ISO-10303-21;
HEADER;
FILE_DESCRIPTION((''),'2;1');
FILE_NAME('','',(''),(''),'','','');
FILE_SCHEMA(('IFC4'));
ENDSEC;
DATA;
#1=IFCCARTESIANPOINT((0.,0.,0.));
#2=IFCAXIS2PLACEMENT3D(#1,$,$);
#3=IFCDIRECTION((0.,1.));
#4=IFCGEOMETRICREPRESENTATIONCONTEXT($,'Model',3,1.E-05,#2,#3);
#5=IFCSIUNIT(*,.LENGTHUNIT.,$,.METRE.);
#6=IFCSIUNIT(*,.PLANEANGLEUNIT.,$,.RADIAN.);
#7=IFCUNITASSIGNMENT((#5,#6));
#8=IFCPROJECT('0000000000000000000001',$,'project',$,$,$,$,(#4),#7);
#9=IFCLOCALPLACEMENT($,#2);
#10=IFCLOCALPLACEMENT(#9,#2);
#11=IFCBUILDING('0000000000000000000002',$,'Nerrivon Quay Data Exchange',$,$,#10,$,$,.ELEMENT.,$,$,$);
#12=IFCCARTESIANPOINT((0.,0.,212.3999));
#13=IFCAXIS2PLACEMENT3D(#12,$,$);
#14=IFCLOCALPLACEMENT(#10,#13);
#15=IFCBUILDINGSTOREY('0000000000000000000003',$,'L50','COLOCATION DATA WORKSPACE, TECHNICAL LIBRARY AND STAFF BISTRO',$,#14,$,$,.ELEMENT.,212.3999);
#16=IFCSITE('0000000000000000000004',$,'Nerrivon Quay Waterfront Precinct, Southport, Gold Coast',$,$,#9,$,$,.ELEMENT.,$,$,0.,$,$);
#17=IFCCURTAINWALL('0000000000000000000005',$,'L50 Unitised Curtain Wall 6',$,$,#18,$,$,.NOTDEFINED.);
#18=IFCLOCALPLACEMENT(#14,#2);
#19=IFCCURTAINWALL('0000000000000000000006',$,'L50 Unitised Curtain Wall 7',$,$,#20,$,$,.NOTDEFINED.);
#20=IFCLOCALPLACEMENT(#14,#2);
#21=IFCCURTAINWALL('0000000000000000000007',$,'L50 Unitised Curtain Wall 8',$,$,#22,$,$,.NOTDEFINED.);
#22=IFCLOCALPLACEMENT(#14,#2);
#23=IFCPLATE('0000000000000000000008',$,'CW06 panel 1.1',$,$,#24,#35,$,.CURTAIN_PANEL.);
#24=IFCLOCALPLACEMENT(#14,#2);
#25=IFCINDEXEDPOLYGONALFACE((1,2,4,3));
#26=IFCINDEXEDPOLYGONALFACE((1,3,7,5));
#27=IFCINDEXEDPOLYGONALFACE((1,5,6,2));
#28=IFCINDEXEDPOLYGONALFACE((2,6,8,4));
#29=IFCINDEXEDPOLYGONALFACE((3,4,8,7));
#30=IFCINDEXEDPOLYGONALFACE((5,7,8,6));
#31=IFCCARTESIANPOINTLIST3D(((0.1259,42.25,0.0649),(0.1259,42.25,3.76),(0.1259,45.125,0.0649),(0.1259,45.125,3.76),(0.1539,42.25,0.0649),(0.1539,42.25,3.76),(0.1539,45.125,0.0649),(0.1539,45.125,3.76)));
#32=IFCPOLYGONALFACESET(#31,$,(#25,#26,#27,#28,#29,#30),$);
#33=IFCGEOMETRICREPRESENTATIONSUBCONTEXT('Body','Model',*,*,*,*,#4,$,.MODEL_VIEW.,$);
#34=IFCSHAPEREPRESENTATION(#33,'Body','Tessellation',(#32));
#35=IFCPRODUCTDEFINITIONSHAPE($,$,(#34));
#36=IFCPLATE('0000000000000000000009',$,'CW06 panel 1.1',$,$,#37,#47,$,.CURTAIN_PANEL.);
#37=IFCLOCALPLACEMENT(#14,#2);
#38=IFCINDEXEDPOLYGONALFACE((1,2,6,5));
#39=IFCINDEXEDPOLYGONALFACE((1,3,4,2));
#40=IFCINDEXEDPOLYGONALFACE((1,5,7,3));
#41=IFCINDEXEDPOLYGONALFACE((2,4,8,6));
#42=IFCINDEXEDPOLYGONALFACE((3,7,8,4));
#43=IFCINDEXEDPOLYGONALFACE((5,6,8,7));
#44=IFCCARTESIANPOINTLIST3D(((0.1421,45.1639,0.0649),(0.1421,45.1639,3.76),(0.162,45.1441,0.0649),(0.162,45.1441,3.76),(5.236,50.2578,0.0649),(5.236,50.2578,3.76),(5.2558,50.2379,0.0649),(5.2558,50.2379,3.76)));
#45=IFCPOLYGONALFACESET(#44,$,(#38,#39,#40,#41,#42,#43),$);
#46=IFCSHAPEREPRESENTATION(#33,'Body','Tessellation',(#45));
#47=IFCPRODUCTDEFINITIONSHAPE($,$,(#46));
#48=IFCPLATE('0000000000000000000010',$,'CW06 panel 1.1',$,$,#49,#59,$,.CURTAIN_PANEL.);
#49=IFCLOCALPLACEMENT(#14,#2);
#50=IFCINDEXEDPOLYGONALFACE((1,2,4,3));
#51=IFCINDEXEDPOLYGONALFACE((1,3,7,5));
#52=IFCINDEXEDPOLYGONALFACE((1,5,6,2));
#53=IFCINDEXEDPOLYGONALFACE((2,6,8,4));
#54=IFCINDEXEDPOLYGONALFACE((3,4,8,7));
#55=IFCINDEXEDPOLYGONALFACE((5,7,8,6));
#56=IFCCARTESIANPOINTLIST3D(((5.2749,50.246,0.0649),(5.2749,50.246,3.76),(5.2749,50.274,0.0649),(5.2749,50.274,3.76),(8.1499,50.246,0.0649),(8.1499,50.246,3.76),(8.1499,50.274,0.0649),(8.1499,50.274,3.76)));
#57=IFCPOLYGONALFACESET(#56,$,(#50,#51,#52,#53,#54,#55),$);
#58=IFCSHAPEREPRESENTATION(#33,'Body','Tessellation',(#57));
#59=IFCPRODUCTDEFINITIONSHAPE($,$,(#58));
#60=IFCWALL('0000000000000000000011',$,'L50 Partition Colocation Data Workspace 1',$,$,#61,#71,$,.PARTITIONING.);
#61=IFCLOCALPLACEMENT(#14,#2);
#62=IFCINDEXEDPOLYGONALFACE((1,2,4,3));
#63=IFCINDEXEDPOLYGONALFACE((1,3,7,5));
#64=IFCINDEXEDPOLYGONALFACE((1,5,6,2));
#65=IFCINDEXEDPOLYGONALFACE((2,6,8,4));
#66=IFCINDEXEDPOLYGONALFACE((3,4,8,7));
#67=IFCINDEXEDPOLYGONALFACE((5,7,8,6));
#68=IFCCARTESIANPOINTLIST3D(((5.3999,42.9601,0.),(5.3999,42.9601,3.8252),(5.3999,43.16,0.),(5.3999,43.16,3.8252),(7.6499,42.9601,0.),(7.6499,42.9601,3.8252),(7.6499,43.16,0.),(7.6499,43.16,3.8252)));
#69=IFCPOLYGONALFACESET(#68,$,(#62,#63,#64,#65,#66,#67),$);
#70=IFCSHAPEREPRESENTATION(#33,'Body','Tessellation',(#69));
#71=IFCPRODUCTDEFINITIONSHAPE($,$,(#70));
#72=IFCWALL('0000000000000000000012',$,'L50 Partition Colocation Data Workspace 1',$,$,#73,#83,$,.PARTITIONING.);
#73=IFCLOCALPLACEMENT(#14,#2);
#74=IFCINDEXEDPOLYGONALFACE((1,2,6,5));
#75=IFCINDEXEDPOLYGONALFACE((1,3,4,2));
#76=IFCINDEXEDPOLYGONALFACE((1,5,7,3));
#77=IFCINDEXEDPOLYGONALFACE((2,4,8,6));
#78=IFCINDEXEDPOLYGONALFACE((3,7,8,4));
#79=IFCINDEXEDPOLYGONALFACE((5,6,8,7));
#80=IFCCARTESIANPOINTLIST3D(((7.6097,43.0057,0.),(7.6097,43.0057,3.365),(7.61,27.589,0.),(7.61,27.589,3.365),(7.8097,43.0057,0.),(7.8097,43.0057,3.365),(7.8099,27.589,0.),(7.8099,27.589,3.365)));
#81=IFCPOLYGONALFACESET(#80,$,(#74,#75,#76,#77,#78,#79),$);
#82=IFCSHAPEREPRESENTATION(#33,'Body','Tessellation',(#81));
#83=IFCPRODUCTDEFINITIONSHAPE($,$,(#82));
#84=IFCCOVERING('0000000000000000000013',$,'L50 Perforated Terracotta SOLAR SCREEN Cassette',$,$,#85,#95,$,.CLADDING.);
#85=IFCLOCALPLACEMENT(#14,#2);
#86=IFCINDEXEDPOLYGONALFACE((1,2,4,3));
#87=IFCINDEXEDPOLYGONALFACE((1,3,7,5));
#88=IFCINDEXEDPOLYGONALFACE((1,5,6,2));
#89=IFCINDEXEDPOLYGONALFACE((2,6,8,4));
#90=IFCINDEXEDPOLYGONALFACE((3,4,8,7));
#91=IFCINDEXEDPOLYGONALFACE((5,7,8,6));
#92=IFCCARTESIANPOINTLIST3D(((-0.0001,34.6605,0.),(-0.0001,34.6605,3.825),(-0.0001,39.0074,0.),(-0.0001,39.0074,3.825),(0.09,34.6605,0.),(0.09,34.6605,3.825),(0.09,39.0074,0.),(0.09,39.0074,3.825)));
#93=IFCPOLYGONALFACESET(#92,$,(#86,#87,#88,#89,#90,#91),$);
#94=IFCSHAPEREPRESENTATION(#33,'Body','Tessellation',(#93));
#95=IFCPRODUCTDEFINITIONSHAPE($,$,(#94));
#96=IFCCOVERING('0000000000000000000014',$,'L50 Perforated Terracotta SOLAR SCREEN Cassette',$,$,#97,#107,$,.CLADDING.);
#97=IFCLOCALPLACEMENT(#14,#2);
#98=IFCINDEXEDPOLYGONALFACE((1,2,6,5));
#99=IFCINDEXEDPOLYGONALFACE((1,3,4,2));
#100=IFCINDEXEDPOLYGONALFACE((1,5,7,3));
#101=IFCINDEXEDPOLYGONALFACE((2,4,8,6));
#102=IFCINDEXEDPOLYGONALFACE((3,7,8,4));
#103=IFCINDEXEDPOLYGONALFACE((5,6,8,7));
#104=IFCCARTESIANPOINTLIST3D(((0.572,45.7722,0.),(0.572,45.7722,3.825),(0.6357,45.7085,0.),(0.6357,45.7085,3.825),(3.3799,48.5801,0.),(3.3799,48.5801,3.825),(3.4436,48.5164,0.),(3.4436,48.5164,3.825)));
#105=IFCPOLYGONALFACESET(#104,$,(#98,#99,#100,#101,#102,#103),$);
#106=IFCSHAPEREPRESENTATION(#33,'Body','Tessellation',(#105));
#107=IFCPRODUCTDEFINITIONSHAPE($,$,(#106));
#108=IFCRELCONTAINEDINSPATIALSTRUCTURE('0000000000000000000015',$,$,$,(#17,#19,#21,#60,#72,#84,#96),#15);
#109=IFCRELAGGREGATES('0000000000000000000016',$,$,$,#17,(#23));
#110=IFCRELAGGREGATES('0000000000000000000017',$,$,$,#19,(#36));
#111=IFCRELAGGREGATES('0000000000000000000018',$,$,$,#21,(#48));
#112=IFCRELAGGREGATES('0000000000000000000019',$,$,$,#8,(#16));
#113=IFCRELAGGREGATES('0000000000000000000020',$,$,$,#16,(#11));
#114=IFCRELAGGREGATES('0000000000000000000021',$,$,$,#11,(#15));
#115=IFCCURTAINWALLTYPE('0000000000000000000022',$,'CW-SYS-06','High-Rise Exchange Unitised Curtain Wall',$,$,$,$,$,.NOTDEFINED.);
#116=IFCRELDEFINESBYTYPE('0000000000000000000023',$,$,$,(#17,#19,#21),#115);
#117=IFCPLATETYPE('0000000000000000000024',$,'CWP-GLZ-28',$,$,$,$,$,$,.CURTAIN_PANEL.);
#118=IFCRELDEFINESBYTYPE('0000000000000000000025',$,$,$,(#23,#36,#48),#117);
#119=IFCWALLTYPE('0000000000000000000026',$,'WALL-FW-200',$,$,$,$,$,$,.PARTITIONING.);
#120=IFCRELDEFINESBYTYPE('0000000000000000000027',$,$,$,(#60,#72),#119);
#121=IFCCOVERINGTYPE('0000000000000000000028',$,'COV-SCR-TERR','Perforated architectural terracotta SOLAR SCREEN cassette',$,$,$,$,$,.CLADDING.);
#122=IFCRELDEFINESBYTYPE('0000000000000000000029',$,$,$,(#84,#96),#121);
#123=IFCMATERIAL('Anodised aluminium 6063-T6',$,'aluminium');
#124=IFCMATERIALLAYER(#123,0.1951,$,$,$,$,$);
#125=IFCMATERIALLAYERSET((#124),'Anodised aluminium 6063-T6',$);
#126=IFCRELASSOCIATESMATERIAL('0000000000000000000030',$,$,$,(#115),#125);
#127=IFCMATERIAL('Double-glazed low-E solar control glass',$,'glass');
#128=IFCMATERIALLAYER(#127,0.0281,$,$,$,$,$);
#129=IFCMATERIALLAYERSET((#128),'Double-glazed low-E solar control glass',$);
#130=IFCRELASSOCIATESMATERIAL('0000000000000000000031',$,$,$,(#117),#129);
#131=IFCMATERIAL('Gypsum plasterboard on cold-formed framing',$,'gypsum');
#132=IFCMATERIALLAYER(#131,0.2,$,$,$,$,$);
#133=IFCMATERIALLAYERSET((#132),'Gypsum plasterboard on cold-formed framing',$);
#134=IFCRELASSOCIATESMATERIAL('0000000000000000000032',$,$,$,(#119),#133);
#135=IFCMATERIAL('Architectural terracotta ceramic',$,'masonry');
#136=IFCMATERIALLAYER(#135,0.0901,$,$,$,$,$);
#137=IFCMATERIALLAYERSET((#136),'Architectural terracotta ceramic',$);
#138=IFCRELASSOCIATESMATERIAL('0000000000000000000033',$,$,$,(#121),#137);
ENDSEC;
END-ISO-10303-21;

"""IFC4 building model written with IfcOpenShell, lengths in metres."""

from ifc_helpers import new_model, si_unit, direction, frame, frame_2d, origin, origin_2d, place, context, subcontext, project, spatial, rectangle, extrude, material, layer, layer_set, type_object, element, aggregate, save


model = new_model("IFC4")

# Units and contexts
model_context = context("Model", 3, precision=1e-05, world=origin(), true_north=direction((0.0, 1.0)))
body_context = subcontext(model_context, "Body", "Model", "MODEL_VIEW")
ifc_project = project(units=[si_unit("LENGTHUNIT", "METRE"), si_unit("PLANEANGLEUNIT", "RADIAN")], contexts=[model_context])

# Site, building, storey
site_placement = place(None, origin())
site = spatial("IfcSite", under=ifc_project, at=site_placement, Name="Nerrivon Quay Waterfront Precinct, Southport, Gold Coast", CompositionType="ELEMENT", RefElevation=0.0)
building_placement = place(site_placement, origin())
building = spatial("IfcBuilding", under=site, at=building_placement, Name="Nerrivon Quay Data Exchange", CompositionType="ELEMENT")
storey_placement = place(building_placement, frame((0.0, 0.0, 212.3999)))
storey = spatial("IfcBuildingStorey", under=building, at=storey_placement, Name="L50", Description="COLOCATION DATA WORKSPACE, TECHNICAL LIBRARY AND STAFF BISTRO", CompositionType="ELEMENT", Elevation=212.3999)

# Shared definitions
ifc_material_1 = material(Name="Anodised aluminium 6063-T6", Category="aluminium")
ifc_layer_1 = layer(ifc_material_1, 0.1951)
ifc_layer_set_1 = layer_set([ifc_layer_1], Name="Anodised aluminium 6063-T6")
curtain_wall_type = type_object("IfcCurtainWallType", Name="CW-SYS-06", Description="High-Rise Exchange Unitised Curtain Wall", PredefinedType="NOTDEFINED", material=ifc_layer_set_1)

# Curtain walls
curtain_wall_1_placement = place(storey_placement, origin())
curtain_wall_1 = element("IfcCurtainWall", 1, at=curtain_wall_1_placement, inside=storey, type_object=curtain_wall_type, Name="L50 Unitised Curtain Wall 6", PredefinedType="NOTDEFINED")
curtain_wall_2_placement = place(storey_placement, origin())
curtain_wall_2 = element("IfcCurtainWall", 2, at=curtain_wall_2_placement, inside=storey, type_object=curtain_wall_type, Name="L50 Unitised Curtain Wall 7", PredefinedType="NOTDEFINED")
curtain_wall_3_placement = place(storey_placement, origin())
curtain_wall_3 = element("IfcCurtainWall", 3, at=curtain_wall_3_placement, inside=storey, type_object=curtain_wall_type, Name="L50 Unitised Curtain Wall 8", PredefinedType="NOTDEFINED")

# Plates
ifc_material_2 = material(Name="Double-glazed low-E solar control glass", Category="glass")
ifc_layer_2 = layer(ifc_material_2, 0.0281)
ifc_layer_set_2 = layer_set([ifc_layer_2], Name="Double-glazed low-E solar control glass")
plate_type = type_object("IfcPlateType", Name="CWP-GLZ-28", PredefinedType="CURTAIN_PANEL", material=ifc_layer_set_2)
plate_1_placement = place(storey_placement, frame((0.1399, 43.6875, 0.0649), z_axis=(0.0, 0.0, 1.0), x_axis=(0.0, 1.0, 0.0)))
plate_1 = element("IfcPlate", 4, at=plate_1_placement, type_object=plate_type, Name="CW06 panel 1.1", PredefinedType="CURTAIN_PANEL", context=body_context, shape_type="SweptSolid", body=[
    extrude(rectangle(XDim=2.875, YDim=0.0281, at=origin_2d()), origin(), (0.0, 0.0, 1.0), 3.6951),
])
aggregate(curtain_wall_1, [plate_1])
plate_2_placement = place(storey_placement, frame((2.699, 47.7009, 0.0649), z_axis=(0.0, 0.0, 1.0), x_axis=(0.707107, 0.707107, 0.0)))
plate_2 = element("IfcPlate", 5, at=plate_2_placement, type_object=plate_type, Name="CW06 panel 1.1", PredefinedType="CURTAIN_PANEL", context=body_context, shape_type="SweptSolid", body=[
    extrude(rectangle(XDim=7.2039, YDim=0.0281, at=origin_2d()), origin(), (0.0, 0.0, 1.0), 3.6951),
])
aggregate(curtain_wall_2, [plate_2])
plate_3_placement = place(storey_placement, frame((6.7124, 50.26, 0.0649), z_axis=(0.0, 0.0, 1.0), x_axis=(1.0, 0.0, 0.0)))
plate_3 = element("IfcPlate", 6, at=plate_3_placement, type_object=plate_type, Name="CW06 panel 1.1", PredefinedType="CURTAIN_PANEL", context=body_context, shape_type="SweptSolid", body=[
    extrude(rectangle(XDim=2.875, YDim=0.0281, at=origin_2d()), origin(), (0.0, 0.0, 1.0), 3.6951),
])
aggregate(curtain_wall_3, [plate_3])

# Walls
ifc_material_3 = material(Name="Gypsum plasterboard on cold-formed framing", Category="gypsum")
ifc_layer_3 = layer(ifc_material_3, 0.2)
ifc_layer_set_3 = layer_set([ifc_layer_3], Name="Gypsum plasterboard on cold-formed framing")
wall_type = type_object("IfcWallType", Name="WALL-FW-200", PredefinedType="PARTITIONING", material=ifc_layer_set_3)
wall_1_placement = place(storey_placement, frame((5.3999, 43.0601, 0.0), z_axis=(0.0, 0.0, 1.0), x_axis=(1.0, 0.0, 0.0)))
element("IfcWall", 7, at=wall_1_placement, inside=storey, type_object=wall_type, Name="L50 Partition Colocation Data Workspace 1", PredefinedType="PARTITIONING", context=body_context, shape_type="SweptSolid", body=[
    extrude(rectangle(XDim=2.25, YDim=0.2, at=frame_2d((1.125, 0.0))), origin(), (0.0, 0.0, 1.0), 3.8252),
])
wall_2_placement = place(storey_placement, frame((7.7097, 43.0059, 0.0), z_axis=(0.0, 0.0, 1.0), x_axis=(0.000016, -1.0, 0.0)))
element("IfcWall", 8, at=wall_2_placement, inside=storey, type_object=wall_type, Name="L50 Partition Colocation Data Workspace 1", PredefinedType="PARTITIONING", context=body_context, shape_type="SweptSolid", body=[
    extrude(rectangle(XDim=15.4167, YDim=0.2, at=frame_2d((7.7085, 0.0))), origin(), (0.0, 0.0, 1.0), 3.365),
])

# Coverings
ifc_material_4 = material(Name="Architectural terracotta ceramic", Category="masonry")
ifc_layer_4 = layer(ifc_material_4, 0.0901)
ifc_layer_set_4 = layer_set([ifc_layer_4], Name="Architectural terracotta ceramic")
covering_type = type_object("IfcCoveringType", Name="COV-SCR-TERR", Description="Perforated architectural terracotta SOLAR SCREEN cassette", PredefinedType="CLADDING", material=ifc_layer_set_4)
covering_1_placement = place(storey_placement, frame((0.0449, 36.834, 0.0), z_axis=(0.0, 0.0, 1.0), x_axis=(0.0, 1.0, 0.0)))
element("IfcCovering", 9, at=covering_1_placement, inside=storey, type_object=covering_type, Name="L50 Perforated Terracotta SOLAR SCREEN Cassette", PredefinedType="CLADDING", context=body_context, shape_type="SweptSolid", body=[
    extrude(rectangle(XDim=4.3469, YDim=0.0901, at=origin_2d()), origin(), (0.0, 0.0, 1.0), 3.825),
])
covering_2_placement = place(storey_placement, frame((2.0078, 47.1443, 0.0), z_axis=(0.0, 0.0, 1.0), x_axis=(0.707107, 0.707107, 0.0)))
element("IfcCovering", 10, at=covering_2_placement, inside=storey, type_object=covering_type, Name="L50 Perforated Terracotta SOLAR SCREEN Cassette", PredefinedType="CLADDING", context=body_context, shape_type="SweptSolid", body=[
    extrude(rectangle(XDim=3.9709, YDim=0.0901, at=origin_2d()), origin(), (0.0, 0.0, 1.0), 3.825),
])

save(model, "model.ifc")
